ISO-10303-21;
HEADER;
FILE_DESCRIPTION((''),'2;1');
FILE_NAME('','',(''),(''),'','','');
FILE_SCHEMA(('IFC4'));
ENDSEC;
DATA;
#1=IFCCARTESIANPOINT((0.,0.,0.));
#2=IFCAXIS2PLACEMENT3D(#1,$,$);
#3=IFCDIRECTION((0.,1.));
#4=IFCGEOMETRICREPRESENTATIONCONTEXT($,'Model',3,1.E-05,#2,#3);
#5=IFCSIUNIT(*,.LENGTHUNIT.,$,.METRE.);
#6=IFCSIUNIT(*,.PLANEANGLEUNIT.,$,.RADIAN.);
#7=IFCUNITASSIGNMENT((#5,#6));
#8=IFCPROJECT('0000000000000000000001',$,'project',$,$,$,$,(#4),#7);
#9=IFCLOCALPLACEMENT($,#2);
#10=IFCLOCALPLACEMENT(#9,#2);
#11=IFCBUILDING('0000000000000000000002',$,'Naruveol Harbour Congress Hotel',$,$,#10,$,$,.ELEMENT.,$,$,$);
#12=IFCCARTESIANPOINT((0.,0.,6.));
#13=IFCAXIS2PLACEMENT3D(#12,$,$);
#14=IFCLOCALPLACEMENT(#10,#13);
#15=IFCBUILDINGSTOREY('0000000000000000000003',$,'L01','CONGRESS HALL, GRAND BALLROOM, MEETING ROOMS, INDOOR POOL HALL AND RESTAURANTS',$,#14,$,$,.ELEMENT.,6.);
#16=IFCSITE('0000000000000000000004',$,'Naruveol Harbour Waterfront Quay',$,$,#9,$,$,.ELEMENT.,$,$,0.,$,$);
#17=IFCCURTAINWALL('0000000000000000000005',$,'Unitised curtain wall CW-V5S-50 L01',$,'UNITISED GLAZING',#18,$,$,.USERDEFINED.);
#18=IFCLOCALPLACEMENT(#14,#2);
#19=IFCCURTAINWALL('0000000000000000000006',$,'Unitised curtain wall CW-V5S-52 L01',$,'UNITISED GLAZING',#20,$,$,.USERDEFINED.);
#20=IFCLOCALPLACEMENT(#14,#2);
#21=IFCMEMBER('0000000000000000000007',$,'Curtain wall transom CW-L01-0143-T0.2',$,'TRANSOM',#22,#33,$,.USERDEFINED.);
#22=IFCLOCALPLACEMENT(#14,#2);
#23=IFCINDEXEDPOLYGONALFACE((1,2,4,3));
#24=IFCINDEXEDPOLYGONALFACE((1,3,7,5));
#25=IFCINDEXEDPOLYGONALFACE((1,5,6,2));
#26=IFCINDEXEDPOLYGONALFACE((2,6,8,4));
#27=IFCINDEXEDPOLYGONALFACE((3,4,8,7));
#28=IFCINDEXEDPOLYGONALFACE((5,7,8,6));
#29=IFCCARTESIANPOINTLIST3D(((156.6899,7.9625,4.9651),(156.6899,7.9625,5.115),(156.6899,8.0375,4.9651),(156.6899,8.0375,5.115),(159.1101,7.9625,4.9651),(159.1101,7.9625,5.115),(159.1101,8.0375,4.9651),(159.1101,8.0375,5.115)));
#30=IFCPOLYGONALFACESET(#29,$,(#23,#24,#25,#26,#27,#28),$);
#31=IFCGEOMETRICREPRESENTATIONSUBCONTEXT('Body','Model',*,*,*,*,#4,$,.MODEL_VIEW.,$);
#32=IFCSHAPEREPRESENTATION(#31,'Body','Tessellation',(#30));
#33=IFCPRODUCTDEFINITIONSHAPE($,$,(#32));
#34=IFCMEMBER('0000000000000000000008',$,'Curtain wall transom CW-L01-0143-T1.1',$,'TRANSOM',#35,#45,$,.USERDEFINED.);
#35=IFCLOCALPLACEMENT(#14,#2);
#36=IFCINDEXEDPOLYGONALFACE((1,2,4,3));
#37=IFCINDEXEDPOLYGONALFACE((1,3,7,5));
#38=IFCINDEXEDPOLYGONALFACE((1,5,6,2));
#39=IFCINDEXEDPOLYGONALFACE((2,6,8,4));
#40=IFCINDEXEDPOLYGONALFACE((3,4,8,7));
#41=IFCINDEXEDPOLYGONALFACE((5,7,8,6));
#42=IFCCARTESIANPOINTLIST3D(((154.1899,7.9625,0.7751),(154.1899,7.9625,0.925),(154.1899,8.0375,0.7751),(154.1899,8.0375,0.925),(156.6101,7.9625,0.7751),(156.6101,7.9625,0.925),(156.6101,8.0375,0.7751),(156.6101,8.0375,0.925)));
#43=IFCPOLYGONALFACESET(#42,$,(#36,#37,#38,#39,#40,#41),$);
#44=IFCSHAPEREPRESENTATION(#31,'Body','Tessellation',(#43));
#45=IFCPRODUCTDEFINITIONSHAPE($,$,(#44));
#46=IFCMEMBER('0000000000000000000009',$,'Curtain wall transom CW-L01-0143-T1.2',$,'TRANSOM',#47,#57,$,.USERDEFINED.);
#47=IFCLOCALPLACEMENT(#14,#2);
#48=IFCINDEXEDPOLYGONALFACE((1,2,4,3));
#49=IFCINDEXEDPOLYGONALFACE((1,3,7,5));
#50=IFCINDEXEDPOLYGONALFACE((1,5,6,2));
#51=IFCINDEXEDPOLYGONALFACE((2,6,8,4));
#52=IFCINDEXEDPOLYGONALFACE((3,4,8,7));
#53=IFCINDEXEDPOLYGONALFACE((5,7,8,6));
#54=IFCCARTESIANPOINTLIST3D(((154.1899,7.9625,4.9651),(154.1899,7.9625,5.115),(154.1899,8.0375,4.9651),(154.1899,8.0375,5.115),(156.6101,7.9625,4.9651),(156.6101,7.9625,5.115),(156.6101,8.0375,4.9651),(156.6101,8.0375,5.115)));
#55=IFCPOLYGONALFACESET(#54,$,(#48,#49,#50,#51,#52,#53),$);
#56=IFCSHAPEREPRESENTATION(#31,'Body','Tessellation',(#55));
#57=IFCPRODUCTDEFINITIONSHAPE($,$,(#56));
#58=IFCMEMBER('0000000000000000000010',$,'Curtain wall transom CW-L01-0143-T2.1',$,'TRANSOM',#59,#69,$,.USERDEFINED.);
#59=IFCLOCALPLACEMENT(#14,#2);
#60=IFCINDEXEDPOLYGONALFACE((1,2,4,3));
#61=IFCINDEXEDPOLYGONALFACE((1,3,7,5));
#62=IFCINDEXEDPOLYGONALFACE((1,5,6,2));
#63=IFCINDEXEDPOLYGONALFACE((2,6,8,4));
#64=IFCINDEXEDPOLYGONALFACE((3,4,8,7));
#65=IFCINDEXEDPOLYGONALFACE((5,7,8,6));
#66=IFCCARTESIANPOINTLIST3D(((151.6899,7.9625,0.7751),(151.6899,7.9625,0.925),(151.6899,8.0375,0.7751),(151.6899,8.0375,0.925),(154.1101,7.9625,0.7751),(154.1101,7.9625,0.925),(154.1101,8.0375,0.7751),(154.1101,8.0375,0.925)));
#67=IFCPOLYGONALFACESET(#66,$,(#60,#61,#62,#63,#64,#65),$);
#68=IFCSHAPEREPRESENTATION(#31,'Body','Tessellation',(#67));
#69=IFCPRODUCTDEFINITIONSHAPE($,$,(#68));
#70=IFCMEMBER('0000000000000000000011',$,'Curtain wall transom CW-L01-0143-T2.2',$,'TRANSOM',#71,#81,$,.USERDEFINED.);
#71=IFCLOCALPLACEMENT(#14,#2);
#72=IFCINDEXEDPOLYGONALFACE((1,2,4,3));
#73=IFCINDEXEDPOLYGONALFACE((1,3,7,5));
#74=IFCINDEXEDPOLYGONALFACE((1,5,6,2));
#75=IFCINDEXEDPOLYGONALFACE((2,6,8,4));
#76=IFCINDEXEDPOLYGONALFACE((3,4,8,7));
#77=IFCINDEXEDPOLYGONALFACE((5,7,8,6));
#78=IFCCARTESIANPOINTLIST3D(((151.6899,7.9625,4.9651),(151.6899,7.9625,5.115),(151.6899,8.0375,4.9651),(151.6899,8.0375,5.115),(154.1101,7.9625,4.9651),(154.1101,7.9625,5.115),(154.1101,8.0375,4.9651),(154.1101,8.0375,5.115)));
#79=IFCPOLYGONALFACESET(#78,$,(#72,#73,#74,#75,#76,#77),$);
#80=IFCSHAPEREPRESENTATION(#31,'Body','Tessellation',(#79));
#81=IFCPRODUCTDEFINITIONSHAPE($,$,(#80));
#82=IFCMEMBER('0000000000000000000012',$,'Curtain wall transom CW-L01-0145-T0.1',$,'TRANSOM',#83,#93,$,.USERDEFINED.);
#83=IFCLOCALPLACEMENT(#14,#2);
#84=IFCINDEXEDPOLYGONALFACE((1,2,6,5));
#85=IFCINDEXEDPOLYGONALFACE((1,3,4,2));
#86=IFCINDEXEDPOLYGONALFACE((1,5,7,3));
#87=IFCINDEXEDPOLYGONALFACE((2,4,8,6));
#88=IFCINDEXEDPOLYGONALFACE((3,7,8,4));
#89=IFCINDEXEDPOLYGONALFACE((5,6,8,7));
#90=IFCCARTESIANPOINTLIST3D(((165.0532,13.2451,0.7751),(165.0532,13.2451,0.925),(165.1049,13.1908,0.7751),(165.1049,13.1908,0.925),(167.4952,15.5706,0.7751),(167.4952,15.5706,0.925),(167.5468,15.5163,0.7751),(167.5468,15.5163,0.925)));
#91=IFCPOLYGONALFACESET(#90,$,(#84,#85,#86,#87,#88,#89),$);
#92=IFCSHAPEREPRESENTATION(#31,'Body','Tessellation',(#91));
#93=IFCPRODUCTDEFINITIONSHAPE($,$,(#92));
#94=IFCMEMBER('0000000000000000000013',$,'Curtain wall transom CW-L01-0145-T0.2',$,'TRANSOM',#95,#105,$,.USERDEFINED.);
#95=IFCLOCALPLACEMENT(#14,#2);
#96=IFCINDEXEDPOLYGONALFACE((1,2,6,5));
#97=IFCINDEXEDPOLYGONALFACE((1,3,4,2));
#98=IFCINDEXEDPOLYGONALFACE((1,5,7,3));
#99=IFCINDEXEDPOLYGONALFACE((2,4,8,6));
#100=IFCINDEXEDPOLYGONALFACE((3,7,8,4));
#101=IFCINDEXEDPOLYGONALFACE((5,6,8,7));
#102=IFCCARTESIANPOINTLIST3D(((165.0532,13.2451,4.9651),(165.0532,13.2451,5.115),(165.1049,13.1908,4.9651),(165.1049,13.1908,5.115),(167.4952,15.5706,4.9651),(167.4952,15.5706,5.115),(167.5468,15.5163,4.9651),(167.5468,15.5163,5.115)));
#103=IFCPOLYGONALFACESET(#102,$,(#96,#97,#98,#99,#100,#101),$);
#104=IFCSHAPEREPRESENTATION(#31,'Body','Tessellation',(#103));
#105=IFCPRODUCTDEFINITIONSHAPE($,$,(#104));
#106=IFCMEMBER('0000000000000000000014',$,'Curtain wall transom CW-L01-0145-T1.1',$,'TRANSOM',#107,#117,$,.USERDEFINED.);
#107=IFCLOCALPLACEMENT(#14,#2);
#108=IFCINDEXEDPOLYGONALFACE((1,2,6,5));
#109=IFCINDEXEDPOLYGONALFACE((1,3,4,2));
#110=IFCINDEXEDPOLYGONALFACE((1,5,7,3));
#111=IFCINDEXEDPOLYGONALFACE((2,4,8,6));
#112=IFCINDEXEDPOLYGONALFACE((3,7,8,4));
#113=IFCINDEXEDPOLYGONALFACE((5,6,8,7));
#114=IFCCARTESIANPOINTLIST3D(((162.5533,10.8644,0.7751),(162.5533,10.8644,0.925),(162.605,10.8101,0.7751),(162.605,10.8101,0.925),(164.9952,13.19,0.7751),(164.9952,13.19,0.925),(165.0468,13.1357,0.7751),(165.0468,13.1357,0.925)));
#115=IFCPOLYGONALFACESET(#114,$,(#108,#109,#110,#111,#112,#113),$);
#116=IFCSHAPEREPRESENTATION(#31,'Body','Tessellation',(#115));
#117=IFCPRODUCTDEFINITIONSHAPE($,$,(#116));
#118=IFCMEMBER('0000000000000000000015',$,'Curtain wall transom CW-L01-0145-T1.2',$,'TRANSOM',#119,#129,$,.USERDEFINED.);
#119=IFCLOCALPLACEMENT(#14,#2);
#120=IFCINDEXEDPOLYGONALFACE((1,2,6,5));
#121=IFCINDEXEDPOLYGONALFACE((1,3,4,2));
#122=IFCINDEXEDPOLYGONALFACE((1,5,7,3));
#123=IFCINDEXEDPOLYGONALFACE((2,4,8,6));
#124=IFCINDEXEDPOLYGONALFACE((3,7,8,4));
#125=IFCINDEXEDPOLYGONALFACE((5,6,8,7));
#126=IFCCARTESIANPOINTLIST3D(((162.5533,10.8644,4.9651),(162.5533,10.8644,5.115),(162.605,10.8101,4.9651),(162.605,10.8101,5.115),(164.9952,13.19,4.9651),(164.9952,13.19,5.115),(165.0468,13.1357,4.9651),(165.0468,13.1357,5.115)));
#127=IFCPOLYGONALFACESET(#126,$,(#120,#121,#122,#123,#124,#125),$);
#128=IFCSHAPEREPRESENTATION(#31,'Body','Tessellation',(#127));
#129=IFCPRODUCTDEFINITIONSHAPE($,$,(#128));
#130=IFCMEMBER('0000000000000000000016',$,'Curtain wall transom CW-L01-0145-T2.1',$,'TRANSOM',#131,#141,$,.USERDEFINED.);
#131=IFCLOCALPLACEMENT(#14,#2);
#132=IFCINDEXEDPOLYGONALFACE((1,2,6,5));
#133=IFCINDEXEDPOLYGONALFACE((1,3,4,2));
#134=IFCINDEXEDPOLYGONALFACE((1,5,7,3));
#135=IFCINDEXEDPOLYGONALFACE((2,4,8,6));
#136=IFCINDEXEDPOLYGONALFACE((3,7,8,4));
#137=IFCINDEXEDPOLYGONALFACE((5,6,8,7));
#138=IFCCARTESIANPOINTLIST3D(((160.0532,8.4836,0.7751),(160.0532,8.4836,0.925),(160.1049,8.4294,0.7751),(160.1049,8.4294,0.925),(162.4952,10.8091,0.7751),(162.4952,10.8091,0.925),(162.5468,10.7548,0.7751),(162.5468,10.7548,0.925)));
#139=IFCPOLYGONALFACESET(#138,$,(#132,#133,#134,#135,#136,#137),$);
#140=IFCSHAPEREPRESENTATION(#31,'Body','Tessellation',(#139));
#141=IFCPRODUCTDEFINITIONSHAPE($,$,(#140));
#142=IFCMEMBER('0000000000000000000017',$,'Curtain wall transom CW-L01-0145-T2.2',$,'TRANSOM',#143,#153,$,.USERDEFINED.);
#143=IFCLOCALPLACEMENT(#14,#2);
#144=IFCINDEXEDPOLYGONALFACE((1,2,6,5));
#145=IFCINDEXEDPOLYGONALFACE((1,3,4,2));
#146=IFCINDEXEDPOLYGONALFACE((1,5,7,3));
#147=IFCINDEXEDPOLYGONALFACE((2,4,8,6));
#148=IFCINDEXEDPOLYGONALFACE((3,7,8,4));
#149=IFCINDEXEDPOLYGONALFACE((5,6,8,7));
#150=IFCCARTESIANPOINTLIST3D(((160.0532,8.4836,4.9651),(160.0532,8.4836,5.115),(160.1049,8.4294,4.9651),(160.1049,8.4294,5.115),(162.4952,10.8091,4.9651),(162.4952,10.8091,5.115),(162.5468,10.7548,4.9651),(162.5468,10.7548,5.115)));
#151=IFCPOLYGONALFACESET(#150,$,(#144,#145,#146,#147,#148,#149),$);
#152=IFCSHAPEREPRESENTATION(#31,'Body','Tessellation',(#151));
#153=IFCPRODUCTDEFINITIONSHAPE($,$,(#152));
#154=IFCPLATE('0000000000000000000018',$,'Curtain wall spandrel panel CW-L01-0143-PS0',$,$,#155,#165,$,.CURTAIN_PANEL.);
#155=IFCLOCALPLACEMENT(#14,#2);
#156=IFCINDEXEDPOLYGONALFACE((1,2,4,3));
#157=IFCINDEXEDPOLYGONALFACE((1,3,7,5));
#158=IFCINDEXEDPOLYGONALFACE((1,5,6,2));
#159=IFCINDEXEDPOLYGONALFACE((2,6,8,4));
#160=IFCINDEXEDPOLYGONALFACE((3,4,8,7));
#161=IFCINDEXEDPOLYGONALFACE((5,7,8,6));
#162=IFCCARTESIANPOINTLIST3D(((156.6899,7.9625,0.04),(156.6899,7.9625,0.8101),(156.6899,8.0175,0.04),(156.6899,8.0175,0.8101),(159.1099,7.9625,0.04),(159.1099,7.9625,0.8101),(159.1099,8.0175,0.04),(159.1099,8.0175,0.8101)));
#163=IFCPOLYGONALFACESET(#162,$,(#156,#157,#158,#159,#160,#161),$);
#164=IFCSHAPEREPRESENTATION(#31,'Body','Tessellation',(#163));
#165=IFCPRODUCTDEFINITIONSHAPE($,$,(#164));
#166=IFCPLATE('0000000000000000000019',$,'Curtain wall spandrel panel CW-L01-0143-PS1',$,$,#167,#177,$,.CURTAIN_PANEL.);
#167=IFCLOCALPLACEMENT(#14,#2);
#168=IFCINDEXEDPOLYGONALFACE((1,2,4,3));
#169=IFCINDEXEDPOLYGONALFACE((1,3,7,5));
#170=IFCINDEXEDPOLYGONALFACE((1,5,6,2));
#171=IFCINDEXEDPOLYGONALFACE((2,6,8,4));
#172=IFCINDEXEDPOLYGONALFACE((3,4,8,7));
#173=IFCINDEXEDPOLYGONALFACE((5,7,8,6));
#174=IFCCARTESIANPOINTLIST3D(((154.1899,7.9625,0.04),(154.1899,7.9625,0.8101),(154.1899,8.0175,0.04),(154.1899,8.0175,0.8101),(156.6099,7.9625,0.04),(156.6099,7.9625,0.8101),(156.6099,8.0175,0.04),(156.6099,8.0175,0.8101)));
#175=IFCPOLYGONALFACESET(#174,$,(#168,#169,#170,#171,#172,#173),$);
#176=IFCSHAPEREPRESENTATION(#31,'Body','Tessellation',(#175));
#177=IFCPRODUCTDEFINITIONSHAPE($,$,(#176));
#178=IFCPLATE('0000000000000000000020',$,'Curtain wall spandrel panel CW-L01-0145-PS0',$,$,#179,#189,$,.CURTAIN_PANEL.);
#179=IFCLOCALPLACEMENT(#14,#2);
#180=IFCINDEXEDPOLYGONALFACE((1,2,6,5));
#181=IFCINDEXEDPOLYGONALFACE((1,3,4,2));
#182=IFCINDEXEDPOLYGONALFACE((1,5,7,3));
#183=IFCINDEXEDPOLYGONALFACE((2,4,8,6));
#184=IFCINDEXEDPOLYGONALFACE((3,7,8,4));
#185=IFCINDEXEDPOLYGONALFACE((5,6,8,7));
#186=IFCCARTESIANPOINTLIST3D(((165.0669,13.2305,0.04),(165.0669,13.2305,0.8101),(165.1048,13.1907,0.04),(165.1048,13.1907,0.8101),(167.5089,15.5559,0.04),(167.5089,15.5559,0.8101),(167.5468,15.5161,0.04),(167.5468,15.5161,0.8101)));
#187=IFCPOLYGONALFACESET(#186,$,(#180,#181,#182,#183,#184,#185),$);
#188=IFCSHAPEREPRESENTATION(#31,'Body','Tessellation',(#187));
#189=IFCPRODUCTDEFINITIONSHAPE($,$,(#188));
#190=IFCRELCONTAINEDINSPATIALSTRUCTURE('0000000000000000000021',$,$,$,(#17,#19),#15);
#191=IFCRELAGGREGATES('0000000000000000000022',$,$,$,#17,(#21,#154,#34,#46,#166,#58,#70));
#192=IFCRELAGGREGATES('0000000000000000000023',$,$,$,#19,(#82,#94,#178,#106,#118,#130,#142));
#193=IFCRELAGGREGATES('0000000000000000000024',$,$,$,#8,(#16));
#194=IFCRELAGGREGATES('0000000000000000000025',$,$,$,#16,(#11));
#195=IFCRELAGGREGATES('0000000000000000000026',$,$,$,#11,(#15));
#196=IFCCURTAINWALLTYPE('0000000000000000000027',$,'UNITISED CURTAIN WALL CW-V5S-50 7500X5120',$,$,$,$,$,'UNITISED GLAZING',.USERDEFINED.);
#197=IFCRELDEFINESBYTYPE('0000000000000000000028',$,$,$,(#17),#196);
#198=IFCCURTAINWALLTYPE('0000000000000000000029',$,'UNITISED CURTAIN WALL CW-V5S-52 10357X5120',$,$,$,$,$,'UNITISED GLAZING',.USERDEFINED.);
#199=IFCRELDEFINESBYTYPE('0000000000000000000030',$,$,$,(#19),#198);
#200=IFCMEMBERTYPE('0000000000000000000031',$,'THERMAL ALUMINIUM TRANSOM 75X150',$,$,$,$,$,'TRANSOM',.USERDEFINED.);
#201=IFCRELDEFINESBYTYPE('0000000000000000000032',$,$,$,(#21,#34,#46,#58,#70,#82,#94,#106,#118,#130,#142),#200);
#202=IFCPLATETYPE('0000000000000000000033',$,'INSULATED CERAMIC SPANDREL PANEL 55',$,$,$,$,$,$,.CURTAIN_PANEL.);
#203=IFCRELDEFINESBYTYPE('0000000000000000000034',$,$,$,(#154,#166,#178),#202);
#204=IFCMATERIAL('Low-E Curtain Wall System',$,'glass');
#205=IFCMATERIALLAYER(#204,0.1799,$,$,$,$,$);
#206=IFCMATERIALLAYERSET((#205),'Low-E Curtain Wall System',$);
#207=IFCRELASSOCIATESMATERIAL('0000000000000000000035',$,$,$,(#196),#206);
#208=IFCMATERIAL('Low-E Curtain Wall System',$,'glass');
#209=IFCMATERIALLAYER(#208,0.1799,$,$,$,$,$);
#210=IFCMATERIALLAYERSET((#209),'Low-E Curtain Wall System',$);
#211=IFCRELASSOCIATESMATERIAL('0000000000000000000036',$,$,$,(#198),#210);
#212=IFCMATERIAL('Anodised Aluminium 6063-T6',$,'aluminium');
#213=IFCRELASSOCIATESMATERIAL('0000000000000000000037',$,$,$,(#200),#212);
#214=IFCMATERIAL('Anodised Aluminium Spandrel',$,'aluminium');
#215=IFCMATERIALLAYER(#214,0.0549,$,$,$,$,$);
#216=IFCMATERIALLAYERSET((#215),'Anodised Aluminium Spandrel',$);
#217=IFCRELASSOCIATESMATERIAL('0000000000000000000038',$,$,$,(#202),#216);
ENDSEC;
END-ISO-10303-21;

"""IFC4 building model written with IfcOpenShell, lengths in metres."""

from ifc_helpers import new_model, si_unit, direction, frame, origin, origin_2d, place, context, subcontext, project, spatial, rectangle, extrude, material, layer, layer_set, material_profile, profile_set, type_object, element, aggregate, save


model = new_model("IFC4")

# Units and contexts
model_context = context("Model", 3, precision=1e-05, world=origin(), true_north=direction((0.0, 1.0)))
body_context = subcontext(model_context, "Body", "Model", "MODEL_VIEW")
ifc_project = project(units=[si_unit("LENGTHUNIT", "METRE"), si_unit("PLANEANGLEUNIT", "RADIAN")], contexts=[model_context])

# Site, building, storey
site_placement = place(None, origin())
site = spatial("IfcSite", under=ifc_project, at=site_placement, Name="Naruveol Harbour Waterfront Quay", CompositionType="ELEMENT", RefElevation=0.0)
building_placement = place(site_placement, origin())
building = spatial("IfcBuilding", under=site, at=building_placement, Name="Naruveol Harbour Congress Hotel", CompositionType="ELEMENT")
storey_placement = place(building_placement, frame((0.0, 0.0, 6.0)))
storey = spatial("IfcBuildingStorey", under=building, at=storey_placement, Name="L01", Description="CONGRESS HALL, GRAND BALLROOM, MEETING ROOMS, INDOOR POOL HALL AND RESTAURANTS", CompositionType="ELEMENT", Elevation=6.0)

# Curtain walls
ifc_material_1 = material(Name="Low-E Curtain Wall System", Category="glass")
ifc_layer_1 = layer(ifc_material_1, 0.1799)
ifc_layer_set_1 = layer_set([ifc_layer_1], Name="Low-E Curtain Wall System")
curtain_wall_type_1 = type_object("IfcCurtainWallType", Name="UNITISED CURTAIN WALL CW-V5S-50 7500X5120", ElementType="UNITISED GLAZING", PredefinedType="USERDEFINED", material=ifc_layer_set_1)
curtain_wall_1_placement = place(storey_placement, origin())
curtain_wall_1 = element("IfcCurtainWall", 1, at=curtain_wall_1_placement, inside=storey, type_object=curtain_wall_type_1, Name="Unitised curtain wall CW-V5S-50 L01", ObjectType="UNITISED GLAZING", PredefinedType="USERDEFINED")
ifc_material_2 = material(Name="Low-E Curtain Wall System", Category="glass")
ifc_layer_2 = layer(ifc_material_2, 0.1799)
ifc_layer_set_2 = layer_set([ifc_layer_2], Name="Low-E Curtain Wall System")
curtain_wall_type_2 = type_object("IfcCurtainWallType", Name="UNITISED CURTAIN WALL CW-V5S-52 10357X5120", ElementType="UNITISED GLAZING", PredefinedType="USERDEFINED", material=ifc_layer_set_2)
curtain_wall_2_placement = place(storey_placement, origin())
curtain_wall_2 = element("IfcCurtainWall", 2, at=curtain_wall_2_placement, inside=storey, type_object=curtain_wall_type_2, Name="Unitised curtain wall CW-V5S-52 L01", ObjectType="UNITISED GLAZING", PredefinedType="USERDEFINED")

# Members
ifc_material_3 = material(Name="Anodised Aluminium 6063-T6", Category="aluminium")
ifc_material_profile_1 = material_profile(ifc_material_3, rectangle(XDim=0.075, YDim=0.1499, at=origin_2d()), Name="ALU-75x150")
ifc_profile_set_1 = profile_set([ifc_material_profile_1], Name="Anodised Aluminium 6063-T6")
member_type_1 = type_object("IfcMemberType", Name="THERMAL ALUMINIUM TRANSOM 75X150", ElementType="TRANSOM", PredefinedType="USERDEFINED", material=ifc_profile_set_1)
member_1_placement = place(storey_placement, frame((159.1101, 8.0, 5.04), z_axis=(-1.0, 0.0, 0.0), x_axis=(0.0, -1.0, 0.0)))
member_1 = element("IfcMember", 3, at=member_1_placement, type_object=member_type_1, Name="Curtain wall transom CW-L01-0143-T0.2", ObjectType="TRANSOM", PredefinedType="USERDEFINED", context=body_context, shape_type="SweptSolid", body=[
    extrude(rectangle(XDim=0.075, YDim=0.1499, at=origin_2d()), origin(), (0.0, 0.0, 1.0), 2.4202),
])
member_2_placement = place(storey_placement, frame((156.6101, 8.0, 0.8501), z_axis=(-1.0, 0.0, 0.0), x_axis=(0.0, -1.0, 0.0)))
member_2 = element("IfcMember", 4, at=member_2_placement, type_object=member_type_1, Name="Curtain wall transom CW-L01-0143-T1.1", ObjectType="TRANSOM", PredefinedType="USERDEFINED", context=body_context, shape_type="SweptSolid", body=[
    extrude(rectangle(XDim=0.075, YDim=0.1499, at=origin_2d()), origin(), (0.0, 0.0, 1.0), 2.4202),
])
member_3_placement = place(storey_placement, frame((156.6101, 8.0, 5.04), z_axis=(-1.0, 0.0, 0.0), x_axis=(0.0, -1.0, 0.0)))
member_3 = element("IfcMember", 5, at=member_3_placement, type_object=member_type_1, Name="Curtain wall transom CW-L01-0143-T1.2", ObjectType="TRANSOM", PredefinedType="USERDEFINED", context=body_context, shape_type="SweptSolid", body=[
    extrude(rectangle(XDim=0.075, YDim=0.1499, at=origin_2d()), origin(), (0.0, 0.0, 1.0), 2.4202),
])
member_4_placement = place(storey_placement, frame((154.1101, 8.0, 0.8501), z_axis=(-1.0, 0.0, 0.0), x_axis=(0.0, -1.0, 0.0)))
member_4 = element("IfcMember", 6, at=member_4_placement, type_object=member_type_1, Name="Curtain wall transom CW-L01-0143-T2.1", ObjectType="TRANSOM", PredefinedType="USERDEFINED", context=body_context, shape_type="SweptSolid", body=[
    extrude(rectangle(XDim=0.075, YDim=0.1499, at=origin_2d()), origin(), (0.0, 0.0, 1.0), 2.4202),
])
member_5_placement = place(storey_placement, frame((154.1101, 8.0, 5.04), z_axis=(-1.0, 0.0, 0.0), x_axis=(0.0, -1.0, 0.0)))
member_5 = element("IfcMember", 7, at=member_5_placement, type_object=member_type_1, Name="Curtain wall transom CW-L01-0143-T2.2", ObjectType="TRANSOM", PredefinedType="USERDEFINED", context=body_context, shape_type="SweptSolid", body=[
    extrude(rectangle(XDim=0.075, YDim=0.1499, at=origin_2d()), origin(), (0.0, 0.0, 1.0), 2.4202),
])
member_6_placement = place(storey_placement, frame((167.521, 15.5435, 0.8501), z_axis=(-0.724164, -0.689628, 0.0), x_axis=(0.689628, -0.724164, 0.0)))
member_6 = element("IfcMember", 8, at=member_6_placement, type_object=member_type_1, Name="Curtain wall transom CW-L01-0145-T0.1", ObjectType="TRANSOM", PredefinedType="USERDEFINED", context=body_context, shape_type="SweptSolid", body=[
    extrude(rectangle(XDim=0.075, YDim=0.1499, at=origin_2d()), origin(), (0.0, 0.0, 1.0), 3.3721),
])
member_7_placement = place(storey_placement, frame((167.521, 15.5435, 5.04), z_axis=(-0.724164, -0.689628, 0.0), x_axis=(0.689628, -0.724164, 0.0)))
member_7 = element("IfcMember", 9, at=member_7_placement, type_object=member_type_1, Name="Curtain wall transom CW-L01-0145-T0.2", ObjectType="TRANSOM", PredefinedType="USERDEFINED", context=body_context, shape_type="SweptSolid", body=[
    extrude(rectangle(XDim=0.075, YDim=0.1499, at=origin_2d()), origin(), (0.0, 0.0, 1.0), 3.3721),
])
member_8_placement = place(storey_placement, frame((165.021, 13.1628, 0.8501), z_axis=(-0.724128, -0.689666, 0.0), x_axis=(0.689666, -0.724128, 0.0)))
member_8 = element("IfcMember", 10, at=member_8_placement, type_object=member_type_1, Name="Curtain wall transom CW-L01-0145-T1.1", ObjectType="TRANSOM", PredefinedType="USERDEFINED", context=body_context, shape_type="SweptSolid", body=[
    extrude(rectangle(XDim=0.075, YDim=0.1499, at=origin_2d()), origin(), (0.0, 0.0, 1.0), 3.3721),
])
member_9_placement = place(storey_placement, frame((165.021, 13.1628, 5.04), z_axis=(-0.724128, -0.689666, 0.0), x_axis=(0.689666, -0.724128, 0.0)))
member_9 = element("IfcMember", 11, at=member_9_placement, type_object=member_type_1, Name="Curtain wall transom CW-L01-0145-T1.2", ObjectType="TRANSOM", PredefinedType="USERDEFINED", context=body_context, shape_type="SweptSolid", body=[
    extrude(rectangle(XDim=0.075, YDim=0.1499, at=origin_2d()), origin(), (0.0, 0.0, 1.0), 3.3721),
])
member_10_placement = place(storey_placement, frame((162.521, 10.782, 0.8501), z_axis=(-0.724164, -0.689628, 0.0), x_axis=(0.689628, -0.724164, 0.0)))
member_10 = element("IfcMember", 12, at=member_10_placement, type_object=member_type_1, Name="Curtain wall transom CW-L01-0145-T2.1", ObjectType="TRANSOM", PredefinedType="USERDEFINED", context=body_context, shape_type="SweptSolid", body=[
    extrude(rectangle(XDim=0.075, YDim=0.1499, at=origin_2d()), origin(), (0.0, 0.0, 1.0), 3.3721),
])
member_11_placement = place(storey_placement, frame((162.521, 10.782, 5.04), z_axis=(-0.724164, -0.689628, 0.0), x_axis=(0.689628, -0.724164, 0.0)))
member_11 = element("IfcMember", 13, at=member_11_placement, type_object=member_type_1, Name="Curtain wall transom CW-L01-0145-T2.2", ObjectType="TRANSOM", PredefinedType="USERDEFINED", context=body_context, shape_type="SweptSolid", body=[
    extrude(rectangle(XDim=0.075, YDim=0.1499, at=origin_2d()), origin(), (0.0, 0.0, 1.0), 3.3721),
])

# Plates
ifc_material_4 = material(Name="Anodised Aluminium Spandrel", Category="aluminium")
ifc_layer_3 = layer(ifc_material_4, 0.0549)
ifc_layer_set_3 = layer_set([ifc_layer_3], Name="Anodised Aluminium Spandrel")
plate_type_1 = type_object("IfcPlateType", Name="INSULATED CERAMIC SPANDREL PANEL 55", PredefinedType="CURTAIN_PANEL", material=ifc_layer_set_3)
plate_1_placement = place(storey_placement, frame((157.8999, 7.99, 0.04), z_axis=(0.0, 0.0, 1.0), x_axis=(-1.0, 0.0, 0.0)))
plate_1 = element("IfcPlate", 14, at=plate_1_placement, type_object=plate_type_1, Name="Curtain wall spandrel panel CW-L01-0143-PS0", PredefinedType="CURTAIN_PANEL", context=body_context, shape_type="SweptSolid", body=[
    extrude(rectangle(XDim=2.4199, YDim=0.0549, at=origin_2d()), origin(), (0.0, 0.0, 1.0), 0.77),
])
plate_2_placement = place(storey_placement, frame((155.3999, 7.99, 0.04), z_axis=(0.0, 0.0, 1.0), x_axis=(-1.0, 0.0, 0.0)))
plate_2 = element("IfcPlate", 15, at=plate_2_placement, type_object=plate_type_1, Name="Curtain wall spandrel panel CW-L01-0143-PS1", PredefinedType="CURTAIN_PANEL", context=body_context, shape_type="SweptSolid", body=[
    extrude(rectangle(XDim=2.4199, YDim=0.0549, at=origin_2d()), origin(), (0.0, 0.0, 1.0), 0.77),
])
plate_3_placement = place(storey_placement, frame((166.3069, 14.3733, 0.04), z_axis=(0.0, 0.0, 1.0), x_axis=(-0.724184, -0.689607, 0.0)))
plate_3 = element("IfcPlate", 16, at=plate_3_placement, type_object=plate_type_1, Name="Curtain wall spandrel panel CW-L01-0145-PS0", PredefinedType="CURTAIN_PANEL", context=body_context, shape_type="SweptSolid", body=[
    extrude(rectangle(XDim=3.3721, YDim=0.0549, at=origin_2d()), origin(), (0.0, 0.0, 1.0), 0.77),
])
aggregate(curtain_wall_1, [member_1, plate_1, member_2, member_3, plate_2, member_4, member_5])
aggregate(curtain_wall_2, [member_6, member_7, plate_3, member_8, member_9, member_10, member_11])

save(model, "model.ifc")
